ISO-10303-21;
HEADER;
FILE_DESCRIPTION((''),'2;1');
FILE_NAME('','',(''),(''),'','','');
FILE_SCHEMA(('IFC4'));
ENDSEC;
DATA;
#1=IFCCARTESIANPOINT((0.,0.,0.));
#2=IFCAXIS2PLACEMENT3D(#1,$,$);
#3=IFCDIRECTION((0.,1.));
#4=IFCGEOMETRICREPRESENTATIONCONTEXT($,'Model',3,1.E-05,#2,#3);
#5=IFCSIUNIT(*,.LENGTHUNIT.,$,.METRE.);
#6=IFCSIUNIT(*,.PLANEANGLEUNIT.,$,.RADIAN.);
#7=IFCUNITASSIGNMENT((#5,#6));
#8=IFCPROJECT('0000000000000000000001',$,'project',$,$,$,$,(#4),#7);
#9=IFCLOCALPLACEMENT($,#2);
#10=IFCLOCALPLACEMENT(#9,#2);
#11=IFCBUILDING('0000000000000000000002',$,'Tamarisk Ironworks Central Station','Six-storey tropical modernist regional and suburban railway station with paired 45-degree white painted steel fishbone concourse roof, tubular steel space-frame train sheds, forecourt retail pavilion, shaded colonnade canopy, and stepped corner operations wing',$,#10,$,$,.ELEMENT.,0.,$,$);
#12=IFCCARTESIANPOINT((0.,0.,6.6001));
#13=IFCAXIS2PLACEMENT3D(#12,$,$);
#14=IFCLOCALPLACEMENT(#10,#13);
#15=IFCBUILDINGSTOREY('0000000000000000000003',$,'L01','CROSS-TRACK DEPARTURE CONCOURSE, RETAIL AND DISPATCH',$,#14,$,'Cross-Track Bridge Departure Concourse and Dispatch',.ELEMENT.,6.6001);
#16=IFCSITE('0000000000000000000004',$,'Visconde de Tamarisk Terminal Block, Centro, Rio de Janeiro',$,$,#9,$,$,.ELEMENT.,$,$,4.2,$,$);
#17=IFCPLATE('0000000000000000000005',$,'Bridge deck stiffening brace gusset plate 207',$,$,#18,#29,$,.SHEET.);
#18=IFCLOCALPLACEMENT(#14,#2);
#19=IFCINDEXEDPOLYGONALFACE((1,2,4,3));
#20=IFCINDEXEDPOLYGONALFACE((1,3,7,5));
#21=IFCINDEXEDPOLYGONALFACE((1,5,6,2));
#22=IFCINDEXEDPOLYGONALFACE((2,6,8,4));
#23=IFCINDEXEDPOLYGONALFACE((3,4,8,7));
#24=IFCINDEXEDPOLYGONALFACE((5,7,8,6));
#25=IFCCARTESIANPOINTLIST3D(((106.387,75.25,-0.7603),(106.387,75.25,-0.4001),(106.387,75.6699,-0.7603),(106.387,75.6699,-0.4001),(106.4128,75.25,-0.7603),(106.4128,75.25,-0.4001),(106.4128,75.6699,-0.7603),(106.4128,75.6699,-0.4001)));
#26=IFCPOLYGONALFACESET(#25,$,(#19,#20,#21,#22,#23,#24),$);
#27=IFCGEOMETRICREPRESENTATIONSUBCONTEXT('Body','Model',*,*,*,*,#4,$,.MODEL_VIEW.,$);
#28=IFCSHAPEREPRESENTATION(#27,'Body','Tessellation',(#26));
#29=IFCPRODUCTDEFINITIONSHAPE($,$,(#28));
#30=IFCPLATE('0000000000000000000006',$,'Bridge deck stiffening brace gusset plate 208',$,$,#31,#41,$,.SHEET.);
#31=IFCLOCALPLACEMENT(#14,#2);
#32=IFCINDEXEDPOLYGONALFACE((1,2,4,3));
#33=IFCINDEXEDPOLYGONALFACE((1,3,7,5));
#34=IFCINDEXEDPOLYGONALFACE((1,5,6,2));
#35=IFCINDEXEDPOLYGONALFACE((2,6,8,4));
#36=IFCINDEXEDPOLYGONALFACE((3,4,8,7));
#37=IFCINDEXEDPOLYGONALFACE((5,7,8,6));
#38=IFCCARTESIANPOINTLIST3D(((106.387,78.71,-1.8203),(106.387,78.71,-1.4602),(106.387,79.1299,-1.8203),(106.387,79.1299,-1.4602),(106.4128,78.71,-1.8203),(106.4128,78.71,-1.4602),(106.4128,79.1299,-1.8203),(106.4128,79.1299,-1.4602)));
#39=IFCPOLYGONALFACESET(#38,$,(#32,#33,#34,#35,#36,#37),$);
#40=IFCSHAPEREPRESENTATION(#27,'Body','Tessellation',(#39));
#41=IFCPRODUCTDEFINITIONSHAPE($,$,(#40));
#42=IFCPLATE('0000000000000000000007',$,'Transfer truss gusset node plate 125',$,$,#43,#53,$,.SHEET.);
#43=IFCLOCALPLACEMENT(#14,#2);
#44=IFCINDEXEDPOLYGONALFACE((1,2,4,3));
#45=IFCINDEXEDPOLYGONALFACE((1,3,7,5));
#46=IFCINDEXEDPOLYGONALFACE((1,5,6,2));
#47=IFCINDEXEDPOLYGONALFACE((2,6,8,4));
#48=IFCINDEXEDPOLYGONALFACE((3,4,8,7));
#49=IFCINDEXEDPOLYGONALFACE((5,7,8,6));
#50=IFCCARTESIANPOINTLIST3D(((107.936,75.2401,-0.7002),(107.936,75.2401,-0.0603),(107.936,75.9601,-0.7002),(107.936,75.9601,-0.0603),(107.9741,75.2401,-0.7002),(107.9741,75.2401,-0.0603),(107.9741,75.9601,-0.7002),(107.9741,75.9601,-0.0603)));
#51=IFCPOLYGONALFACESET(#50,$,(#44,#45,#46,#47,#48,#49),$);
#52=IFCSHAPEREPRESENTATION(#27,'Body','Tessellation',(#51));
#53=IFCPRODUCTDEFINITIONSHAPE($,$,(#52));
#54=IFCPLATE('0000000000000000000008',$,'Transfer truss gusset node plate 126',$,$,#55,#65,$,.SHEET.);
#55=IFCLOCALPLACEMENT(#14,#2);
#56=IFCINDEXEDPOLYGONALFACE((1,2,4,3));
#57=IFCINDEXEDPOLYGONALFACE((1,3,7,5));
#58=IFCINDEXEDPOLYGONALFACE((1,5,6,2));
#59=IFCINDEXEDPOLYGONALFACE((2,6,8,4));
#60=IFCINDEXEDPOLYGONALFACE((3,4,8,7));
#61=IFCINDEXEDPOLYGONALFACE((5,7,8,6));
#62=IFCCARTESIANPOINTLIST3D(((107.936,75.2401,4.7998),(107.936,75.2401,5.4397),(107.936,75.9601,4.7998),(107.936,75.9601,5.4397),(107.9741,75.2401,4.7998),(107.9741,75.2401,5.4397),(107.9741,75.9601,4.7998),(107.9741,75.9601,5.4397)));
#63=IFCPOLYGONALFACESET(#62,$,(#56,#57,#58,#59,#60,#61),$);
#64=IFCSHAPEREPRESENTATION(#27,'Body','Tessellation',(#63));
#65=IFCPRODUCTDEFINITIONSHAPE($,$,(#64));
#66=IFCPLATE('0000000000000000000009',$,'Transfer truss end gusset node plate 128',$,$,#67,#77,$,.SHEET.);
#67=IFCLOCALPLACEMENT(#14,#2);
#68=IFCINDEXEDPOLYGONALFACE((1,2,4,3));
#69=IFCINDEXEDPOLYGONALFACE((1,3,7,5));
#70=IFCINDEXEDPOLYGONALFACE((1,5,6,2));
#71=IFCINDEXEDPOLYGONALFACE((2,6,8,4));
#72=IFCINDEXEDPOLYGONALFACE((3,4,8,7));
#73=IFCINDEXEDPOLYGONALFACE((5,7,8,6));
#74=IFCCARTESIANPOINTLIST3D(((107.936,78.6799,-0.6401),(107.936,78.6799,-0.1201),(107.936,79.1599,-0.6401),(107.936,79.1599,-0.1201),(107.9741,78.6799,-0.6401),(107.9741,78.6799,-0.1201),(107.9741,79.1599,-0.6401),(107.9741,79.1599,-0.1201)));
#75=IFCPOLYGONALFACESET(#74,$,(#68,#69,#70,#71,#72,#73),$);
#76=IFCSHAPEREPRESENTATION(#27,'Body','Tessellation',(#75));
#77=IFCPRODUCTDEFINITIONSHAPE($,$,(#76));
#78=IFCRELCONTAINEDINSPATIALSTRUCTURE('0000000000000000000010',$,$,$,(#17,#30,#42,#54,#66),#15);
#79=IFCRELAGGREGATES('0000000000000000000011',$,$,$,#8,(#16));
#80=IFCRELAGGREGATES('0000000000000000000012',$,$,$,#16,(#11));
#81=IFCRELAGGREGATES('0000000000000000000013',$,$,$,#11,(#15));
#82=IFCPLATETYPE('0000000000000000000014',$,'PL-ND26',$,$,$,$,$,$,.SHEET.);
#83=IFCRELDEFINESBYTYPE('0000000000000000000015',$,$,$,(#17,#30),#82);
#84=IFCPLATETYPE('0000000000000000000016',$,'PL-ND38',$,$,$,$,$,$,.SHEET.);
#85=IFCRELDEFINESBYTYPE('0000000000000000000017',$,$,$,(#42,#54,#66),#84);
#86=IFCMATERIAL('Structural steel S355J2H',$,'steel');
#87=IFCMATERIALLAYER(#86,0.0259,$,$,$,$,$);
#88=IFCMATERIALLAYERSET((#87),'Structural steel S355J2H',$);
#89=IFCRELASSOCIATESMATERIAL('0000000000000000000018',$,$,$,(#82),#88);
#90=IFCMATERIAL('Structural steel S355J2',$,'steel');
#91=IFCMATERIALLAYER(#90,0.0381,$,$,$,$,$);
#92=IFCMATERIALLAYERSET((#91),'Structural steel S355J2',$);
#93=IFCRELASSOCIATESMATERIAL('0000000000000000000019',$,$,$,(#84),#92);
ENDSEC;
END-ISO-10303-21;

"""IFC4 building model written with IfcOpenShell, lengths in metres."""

from ifc_helpers import new_model, si_unit, direction, frame, origin, origin_2d, place, context, subcontext, project, spatial, rectangle, extrude, material, layer, layer_set, type_object, element, save


model = new_model("IFC4")

# Units and contexts
model_context = context("Model", 3, precision=1e-05, world=origin(), true_north=direction((0.0, 1.0)))
body_context = subcontext(model_context, "Body", "Model", "MODEL_VIEW")
ifc_project = project(units=[si_unit("LENGTHUNIT", "METRE"), si_unit("PLANEANGLEUNIT", "RADIAN")], contexts=[model_context])

# Site, building, storey
site_placement = place(None, origin())
site = spatial("IfcSite", under=ifc_project, at=site_placement, Name="Visconde de Tamarisk Terminal Block, Centro, Rio de Janeiro", CompositionType="ELEMENT", RefElevation=4.2)
building_placement = place(site_placement, origin())
building = spatial("IfcBuilding", under=site, at=building_placement, Name="Tamarisk Ironworks Central Station", Description="Six-storey tropical modernist regional and suburban railway station with paired 45-degree white painted steel fishbone concourse roof, tubular steel space-frame train sheds, forecourt retail pavilion, shaded colonnade canopy, and stepped corner operations wing", CompositionType="ELEMENT", ElevationOfRefHeight=0.0)
storey_placement = place(building_placement, frame((0.0, 0.0, 6.6001)))
storey = spatial("IfcBuildingStorey", under=building, at=storey_placement, Name="L01", Description="CROSS-TRACK DEPARTURE CONCOURSE, RETAIL AND DISPATCH", LongName="Cross-Track Bridge Departure Concourse and Dispatch", CompositionType="ELEMENT", Elevation=6.6001)

# Shared definitions
ifc_material_1 = material(Name="Structural steel S355J2", Category="steel")

# Shared definitions
ifc_material_2 = material(Name="Structural steel S355J2H", Category="steel")

# Plates
ifc_layer_1 = layer(ifc_material_2, 0.0259)
ifc_layer_set_1 = layer_set([ifc_layer_1], Name="Structural steel S355J2H")
plate_type_1 = type_object("IfcPlateType", Name="PL-ND26", PredefinedType="SHEET", material=ifc_layer_set_1)
for number, where, z_axis, x_axis, name in (
    (1, (106.3999, 75.46, -0.7603), (0.0, 0.0, 1.0), (1.0, 0.0, 0.0), "Bridge deck stiffening brace gusset plate 207"),
    (2, (106.3999, 78.9199, -1.8203), (0.0, 0.0, 1.0), (1.0, 0.0, 0.0), "Bridge deck stiffening brace gusset plate 208"),
):
    element("IfcPlate", number, at=place(storey_placement, frame(where, z_axis=z_axis, x_axis=x_axis)), inside=storey, type_object=plate_type_1, Name=name, PredefinedType="SHEET", context=body_context, shape_type="SweptSolid", body=[
        extrude(rectangle(XDim=0.0259, YDim=0.4199, at=origin_2d()), origin(), (0.0, 0.0, 1.0), 0.3601),
    ])
ifc_layer_2 = layer(ifc_material_1, 0.0381)
ifc_layer_set_2 = layer_set([ifc_layer_2], Name="Structural steel S355J2")
plate_type_2 = type_object("IfcPlateType", Name="PL-ND38", PredefinedType="SHEET", material=ifc_layer_set_2)
for number, where, z_axis, x_axis, name in (
    (3, (107.9551, 75.6001, -0.7002), (0.0, 0.0, 1.0), (1.0, 0.0, 0.0), "Transfer truss gusset node plate 125"),
    (4, (107.9551, 75.6001, 4.7998), (0.0, 0.0, 1.0), (1.0, 0.0, 0.0), "Transfer truss gusset node plate 126"),
):
    element("IfcPlate", number, at=place(storey_placement, frame(where, z_axis=z_axis, x_axis=x_axis)), inside=storey, type_object=plate_type_2, Name=name, PredefinedType="SHEET", context=body_context, shape_type="SweptSolid", body=[
        extrude(rectangle(XDim=0.0381, YDim=0.72, at=origin_2d()), origin(), (0.0, 0.0, 1.0), 0.6399),
    ])
plate_1_placement = place(storey_placement, frame((107.9551, 78.9199, -0.6401), z_axis=(0.0, 0.0, 1.0), x_axis=(1.0, 0.0, 0.0)))
element("IfcPlate", 5, at=plate_1_placement, inside=storey, type_object=plate_type_2, Name="Transfer truss end gusset node plate 128", PredefinedType="SHEET", context=body_context, shape_type="SweptSolid", body=[
    extrude(rectangle(XDim=0.0381, YDim=0.48, at=origin_2d()), origin(), (0.0, 0.0, 1.0), 0.52),
])

save(model, "model.ifc")
